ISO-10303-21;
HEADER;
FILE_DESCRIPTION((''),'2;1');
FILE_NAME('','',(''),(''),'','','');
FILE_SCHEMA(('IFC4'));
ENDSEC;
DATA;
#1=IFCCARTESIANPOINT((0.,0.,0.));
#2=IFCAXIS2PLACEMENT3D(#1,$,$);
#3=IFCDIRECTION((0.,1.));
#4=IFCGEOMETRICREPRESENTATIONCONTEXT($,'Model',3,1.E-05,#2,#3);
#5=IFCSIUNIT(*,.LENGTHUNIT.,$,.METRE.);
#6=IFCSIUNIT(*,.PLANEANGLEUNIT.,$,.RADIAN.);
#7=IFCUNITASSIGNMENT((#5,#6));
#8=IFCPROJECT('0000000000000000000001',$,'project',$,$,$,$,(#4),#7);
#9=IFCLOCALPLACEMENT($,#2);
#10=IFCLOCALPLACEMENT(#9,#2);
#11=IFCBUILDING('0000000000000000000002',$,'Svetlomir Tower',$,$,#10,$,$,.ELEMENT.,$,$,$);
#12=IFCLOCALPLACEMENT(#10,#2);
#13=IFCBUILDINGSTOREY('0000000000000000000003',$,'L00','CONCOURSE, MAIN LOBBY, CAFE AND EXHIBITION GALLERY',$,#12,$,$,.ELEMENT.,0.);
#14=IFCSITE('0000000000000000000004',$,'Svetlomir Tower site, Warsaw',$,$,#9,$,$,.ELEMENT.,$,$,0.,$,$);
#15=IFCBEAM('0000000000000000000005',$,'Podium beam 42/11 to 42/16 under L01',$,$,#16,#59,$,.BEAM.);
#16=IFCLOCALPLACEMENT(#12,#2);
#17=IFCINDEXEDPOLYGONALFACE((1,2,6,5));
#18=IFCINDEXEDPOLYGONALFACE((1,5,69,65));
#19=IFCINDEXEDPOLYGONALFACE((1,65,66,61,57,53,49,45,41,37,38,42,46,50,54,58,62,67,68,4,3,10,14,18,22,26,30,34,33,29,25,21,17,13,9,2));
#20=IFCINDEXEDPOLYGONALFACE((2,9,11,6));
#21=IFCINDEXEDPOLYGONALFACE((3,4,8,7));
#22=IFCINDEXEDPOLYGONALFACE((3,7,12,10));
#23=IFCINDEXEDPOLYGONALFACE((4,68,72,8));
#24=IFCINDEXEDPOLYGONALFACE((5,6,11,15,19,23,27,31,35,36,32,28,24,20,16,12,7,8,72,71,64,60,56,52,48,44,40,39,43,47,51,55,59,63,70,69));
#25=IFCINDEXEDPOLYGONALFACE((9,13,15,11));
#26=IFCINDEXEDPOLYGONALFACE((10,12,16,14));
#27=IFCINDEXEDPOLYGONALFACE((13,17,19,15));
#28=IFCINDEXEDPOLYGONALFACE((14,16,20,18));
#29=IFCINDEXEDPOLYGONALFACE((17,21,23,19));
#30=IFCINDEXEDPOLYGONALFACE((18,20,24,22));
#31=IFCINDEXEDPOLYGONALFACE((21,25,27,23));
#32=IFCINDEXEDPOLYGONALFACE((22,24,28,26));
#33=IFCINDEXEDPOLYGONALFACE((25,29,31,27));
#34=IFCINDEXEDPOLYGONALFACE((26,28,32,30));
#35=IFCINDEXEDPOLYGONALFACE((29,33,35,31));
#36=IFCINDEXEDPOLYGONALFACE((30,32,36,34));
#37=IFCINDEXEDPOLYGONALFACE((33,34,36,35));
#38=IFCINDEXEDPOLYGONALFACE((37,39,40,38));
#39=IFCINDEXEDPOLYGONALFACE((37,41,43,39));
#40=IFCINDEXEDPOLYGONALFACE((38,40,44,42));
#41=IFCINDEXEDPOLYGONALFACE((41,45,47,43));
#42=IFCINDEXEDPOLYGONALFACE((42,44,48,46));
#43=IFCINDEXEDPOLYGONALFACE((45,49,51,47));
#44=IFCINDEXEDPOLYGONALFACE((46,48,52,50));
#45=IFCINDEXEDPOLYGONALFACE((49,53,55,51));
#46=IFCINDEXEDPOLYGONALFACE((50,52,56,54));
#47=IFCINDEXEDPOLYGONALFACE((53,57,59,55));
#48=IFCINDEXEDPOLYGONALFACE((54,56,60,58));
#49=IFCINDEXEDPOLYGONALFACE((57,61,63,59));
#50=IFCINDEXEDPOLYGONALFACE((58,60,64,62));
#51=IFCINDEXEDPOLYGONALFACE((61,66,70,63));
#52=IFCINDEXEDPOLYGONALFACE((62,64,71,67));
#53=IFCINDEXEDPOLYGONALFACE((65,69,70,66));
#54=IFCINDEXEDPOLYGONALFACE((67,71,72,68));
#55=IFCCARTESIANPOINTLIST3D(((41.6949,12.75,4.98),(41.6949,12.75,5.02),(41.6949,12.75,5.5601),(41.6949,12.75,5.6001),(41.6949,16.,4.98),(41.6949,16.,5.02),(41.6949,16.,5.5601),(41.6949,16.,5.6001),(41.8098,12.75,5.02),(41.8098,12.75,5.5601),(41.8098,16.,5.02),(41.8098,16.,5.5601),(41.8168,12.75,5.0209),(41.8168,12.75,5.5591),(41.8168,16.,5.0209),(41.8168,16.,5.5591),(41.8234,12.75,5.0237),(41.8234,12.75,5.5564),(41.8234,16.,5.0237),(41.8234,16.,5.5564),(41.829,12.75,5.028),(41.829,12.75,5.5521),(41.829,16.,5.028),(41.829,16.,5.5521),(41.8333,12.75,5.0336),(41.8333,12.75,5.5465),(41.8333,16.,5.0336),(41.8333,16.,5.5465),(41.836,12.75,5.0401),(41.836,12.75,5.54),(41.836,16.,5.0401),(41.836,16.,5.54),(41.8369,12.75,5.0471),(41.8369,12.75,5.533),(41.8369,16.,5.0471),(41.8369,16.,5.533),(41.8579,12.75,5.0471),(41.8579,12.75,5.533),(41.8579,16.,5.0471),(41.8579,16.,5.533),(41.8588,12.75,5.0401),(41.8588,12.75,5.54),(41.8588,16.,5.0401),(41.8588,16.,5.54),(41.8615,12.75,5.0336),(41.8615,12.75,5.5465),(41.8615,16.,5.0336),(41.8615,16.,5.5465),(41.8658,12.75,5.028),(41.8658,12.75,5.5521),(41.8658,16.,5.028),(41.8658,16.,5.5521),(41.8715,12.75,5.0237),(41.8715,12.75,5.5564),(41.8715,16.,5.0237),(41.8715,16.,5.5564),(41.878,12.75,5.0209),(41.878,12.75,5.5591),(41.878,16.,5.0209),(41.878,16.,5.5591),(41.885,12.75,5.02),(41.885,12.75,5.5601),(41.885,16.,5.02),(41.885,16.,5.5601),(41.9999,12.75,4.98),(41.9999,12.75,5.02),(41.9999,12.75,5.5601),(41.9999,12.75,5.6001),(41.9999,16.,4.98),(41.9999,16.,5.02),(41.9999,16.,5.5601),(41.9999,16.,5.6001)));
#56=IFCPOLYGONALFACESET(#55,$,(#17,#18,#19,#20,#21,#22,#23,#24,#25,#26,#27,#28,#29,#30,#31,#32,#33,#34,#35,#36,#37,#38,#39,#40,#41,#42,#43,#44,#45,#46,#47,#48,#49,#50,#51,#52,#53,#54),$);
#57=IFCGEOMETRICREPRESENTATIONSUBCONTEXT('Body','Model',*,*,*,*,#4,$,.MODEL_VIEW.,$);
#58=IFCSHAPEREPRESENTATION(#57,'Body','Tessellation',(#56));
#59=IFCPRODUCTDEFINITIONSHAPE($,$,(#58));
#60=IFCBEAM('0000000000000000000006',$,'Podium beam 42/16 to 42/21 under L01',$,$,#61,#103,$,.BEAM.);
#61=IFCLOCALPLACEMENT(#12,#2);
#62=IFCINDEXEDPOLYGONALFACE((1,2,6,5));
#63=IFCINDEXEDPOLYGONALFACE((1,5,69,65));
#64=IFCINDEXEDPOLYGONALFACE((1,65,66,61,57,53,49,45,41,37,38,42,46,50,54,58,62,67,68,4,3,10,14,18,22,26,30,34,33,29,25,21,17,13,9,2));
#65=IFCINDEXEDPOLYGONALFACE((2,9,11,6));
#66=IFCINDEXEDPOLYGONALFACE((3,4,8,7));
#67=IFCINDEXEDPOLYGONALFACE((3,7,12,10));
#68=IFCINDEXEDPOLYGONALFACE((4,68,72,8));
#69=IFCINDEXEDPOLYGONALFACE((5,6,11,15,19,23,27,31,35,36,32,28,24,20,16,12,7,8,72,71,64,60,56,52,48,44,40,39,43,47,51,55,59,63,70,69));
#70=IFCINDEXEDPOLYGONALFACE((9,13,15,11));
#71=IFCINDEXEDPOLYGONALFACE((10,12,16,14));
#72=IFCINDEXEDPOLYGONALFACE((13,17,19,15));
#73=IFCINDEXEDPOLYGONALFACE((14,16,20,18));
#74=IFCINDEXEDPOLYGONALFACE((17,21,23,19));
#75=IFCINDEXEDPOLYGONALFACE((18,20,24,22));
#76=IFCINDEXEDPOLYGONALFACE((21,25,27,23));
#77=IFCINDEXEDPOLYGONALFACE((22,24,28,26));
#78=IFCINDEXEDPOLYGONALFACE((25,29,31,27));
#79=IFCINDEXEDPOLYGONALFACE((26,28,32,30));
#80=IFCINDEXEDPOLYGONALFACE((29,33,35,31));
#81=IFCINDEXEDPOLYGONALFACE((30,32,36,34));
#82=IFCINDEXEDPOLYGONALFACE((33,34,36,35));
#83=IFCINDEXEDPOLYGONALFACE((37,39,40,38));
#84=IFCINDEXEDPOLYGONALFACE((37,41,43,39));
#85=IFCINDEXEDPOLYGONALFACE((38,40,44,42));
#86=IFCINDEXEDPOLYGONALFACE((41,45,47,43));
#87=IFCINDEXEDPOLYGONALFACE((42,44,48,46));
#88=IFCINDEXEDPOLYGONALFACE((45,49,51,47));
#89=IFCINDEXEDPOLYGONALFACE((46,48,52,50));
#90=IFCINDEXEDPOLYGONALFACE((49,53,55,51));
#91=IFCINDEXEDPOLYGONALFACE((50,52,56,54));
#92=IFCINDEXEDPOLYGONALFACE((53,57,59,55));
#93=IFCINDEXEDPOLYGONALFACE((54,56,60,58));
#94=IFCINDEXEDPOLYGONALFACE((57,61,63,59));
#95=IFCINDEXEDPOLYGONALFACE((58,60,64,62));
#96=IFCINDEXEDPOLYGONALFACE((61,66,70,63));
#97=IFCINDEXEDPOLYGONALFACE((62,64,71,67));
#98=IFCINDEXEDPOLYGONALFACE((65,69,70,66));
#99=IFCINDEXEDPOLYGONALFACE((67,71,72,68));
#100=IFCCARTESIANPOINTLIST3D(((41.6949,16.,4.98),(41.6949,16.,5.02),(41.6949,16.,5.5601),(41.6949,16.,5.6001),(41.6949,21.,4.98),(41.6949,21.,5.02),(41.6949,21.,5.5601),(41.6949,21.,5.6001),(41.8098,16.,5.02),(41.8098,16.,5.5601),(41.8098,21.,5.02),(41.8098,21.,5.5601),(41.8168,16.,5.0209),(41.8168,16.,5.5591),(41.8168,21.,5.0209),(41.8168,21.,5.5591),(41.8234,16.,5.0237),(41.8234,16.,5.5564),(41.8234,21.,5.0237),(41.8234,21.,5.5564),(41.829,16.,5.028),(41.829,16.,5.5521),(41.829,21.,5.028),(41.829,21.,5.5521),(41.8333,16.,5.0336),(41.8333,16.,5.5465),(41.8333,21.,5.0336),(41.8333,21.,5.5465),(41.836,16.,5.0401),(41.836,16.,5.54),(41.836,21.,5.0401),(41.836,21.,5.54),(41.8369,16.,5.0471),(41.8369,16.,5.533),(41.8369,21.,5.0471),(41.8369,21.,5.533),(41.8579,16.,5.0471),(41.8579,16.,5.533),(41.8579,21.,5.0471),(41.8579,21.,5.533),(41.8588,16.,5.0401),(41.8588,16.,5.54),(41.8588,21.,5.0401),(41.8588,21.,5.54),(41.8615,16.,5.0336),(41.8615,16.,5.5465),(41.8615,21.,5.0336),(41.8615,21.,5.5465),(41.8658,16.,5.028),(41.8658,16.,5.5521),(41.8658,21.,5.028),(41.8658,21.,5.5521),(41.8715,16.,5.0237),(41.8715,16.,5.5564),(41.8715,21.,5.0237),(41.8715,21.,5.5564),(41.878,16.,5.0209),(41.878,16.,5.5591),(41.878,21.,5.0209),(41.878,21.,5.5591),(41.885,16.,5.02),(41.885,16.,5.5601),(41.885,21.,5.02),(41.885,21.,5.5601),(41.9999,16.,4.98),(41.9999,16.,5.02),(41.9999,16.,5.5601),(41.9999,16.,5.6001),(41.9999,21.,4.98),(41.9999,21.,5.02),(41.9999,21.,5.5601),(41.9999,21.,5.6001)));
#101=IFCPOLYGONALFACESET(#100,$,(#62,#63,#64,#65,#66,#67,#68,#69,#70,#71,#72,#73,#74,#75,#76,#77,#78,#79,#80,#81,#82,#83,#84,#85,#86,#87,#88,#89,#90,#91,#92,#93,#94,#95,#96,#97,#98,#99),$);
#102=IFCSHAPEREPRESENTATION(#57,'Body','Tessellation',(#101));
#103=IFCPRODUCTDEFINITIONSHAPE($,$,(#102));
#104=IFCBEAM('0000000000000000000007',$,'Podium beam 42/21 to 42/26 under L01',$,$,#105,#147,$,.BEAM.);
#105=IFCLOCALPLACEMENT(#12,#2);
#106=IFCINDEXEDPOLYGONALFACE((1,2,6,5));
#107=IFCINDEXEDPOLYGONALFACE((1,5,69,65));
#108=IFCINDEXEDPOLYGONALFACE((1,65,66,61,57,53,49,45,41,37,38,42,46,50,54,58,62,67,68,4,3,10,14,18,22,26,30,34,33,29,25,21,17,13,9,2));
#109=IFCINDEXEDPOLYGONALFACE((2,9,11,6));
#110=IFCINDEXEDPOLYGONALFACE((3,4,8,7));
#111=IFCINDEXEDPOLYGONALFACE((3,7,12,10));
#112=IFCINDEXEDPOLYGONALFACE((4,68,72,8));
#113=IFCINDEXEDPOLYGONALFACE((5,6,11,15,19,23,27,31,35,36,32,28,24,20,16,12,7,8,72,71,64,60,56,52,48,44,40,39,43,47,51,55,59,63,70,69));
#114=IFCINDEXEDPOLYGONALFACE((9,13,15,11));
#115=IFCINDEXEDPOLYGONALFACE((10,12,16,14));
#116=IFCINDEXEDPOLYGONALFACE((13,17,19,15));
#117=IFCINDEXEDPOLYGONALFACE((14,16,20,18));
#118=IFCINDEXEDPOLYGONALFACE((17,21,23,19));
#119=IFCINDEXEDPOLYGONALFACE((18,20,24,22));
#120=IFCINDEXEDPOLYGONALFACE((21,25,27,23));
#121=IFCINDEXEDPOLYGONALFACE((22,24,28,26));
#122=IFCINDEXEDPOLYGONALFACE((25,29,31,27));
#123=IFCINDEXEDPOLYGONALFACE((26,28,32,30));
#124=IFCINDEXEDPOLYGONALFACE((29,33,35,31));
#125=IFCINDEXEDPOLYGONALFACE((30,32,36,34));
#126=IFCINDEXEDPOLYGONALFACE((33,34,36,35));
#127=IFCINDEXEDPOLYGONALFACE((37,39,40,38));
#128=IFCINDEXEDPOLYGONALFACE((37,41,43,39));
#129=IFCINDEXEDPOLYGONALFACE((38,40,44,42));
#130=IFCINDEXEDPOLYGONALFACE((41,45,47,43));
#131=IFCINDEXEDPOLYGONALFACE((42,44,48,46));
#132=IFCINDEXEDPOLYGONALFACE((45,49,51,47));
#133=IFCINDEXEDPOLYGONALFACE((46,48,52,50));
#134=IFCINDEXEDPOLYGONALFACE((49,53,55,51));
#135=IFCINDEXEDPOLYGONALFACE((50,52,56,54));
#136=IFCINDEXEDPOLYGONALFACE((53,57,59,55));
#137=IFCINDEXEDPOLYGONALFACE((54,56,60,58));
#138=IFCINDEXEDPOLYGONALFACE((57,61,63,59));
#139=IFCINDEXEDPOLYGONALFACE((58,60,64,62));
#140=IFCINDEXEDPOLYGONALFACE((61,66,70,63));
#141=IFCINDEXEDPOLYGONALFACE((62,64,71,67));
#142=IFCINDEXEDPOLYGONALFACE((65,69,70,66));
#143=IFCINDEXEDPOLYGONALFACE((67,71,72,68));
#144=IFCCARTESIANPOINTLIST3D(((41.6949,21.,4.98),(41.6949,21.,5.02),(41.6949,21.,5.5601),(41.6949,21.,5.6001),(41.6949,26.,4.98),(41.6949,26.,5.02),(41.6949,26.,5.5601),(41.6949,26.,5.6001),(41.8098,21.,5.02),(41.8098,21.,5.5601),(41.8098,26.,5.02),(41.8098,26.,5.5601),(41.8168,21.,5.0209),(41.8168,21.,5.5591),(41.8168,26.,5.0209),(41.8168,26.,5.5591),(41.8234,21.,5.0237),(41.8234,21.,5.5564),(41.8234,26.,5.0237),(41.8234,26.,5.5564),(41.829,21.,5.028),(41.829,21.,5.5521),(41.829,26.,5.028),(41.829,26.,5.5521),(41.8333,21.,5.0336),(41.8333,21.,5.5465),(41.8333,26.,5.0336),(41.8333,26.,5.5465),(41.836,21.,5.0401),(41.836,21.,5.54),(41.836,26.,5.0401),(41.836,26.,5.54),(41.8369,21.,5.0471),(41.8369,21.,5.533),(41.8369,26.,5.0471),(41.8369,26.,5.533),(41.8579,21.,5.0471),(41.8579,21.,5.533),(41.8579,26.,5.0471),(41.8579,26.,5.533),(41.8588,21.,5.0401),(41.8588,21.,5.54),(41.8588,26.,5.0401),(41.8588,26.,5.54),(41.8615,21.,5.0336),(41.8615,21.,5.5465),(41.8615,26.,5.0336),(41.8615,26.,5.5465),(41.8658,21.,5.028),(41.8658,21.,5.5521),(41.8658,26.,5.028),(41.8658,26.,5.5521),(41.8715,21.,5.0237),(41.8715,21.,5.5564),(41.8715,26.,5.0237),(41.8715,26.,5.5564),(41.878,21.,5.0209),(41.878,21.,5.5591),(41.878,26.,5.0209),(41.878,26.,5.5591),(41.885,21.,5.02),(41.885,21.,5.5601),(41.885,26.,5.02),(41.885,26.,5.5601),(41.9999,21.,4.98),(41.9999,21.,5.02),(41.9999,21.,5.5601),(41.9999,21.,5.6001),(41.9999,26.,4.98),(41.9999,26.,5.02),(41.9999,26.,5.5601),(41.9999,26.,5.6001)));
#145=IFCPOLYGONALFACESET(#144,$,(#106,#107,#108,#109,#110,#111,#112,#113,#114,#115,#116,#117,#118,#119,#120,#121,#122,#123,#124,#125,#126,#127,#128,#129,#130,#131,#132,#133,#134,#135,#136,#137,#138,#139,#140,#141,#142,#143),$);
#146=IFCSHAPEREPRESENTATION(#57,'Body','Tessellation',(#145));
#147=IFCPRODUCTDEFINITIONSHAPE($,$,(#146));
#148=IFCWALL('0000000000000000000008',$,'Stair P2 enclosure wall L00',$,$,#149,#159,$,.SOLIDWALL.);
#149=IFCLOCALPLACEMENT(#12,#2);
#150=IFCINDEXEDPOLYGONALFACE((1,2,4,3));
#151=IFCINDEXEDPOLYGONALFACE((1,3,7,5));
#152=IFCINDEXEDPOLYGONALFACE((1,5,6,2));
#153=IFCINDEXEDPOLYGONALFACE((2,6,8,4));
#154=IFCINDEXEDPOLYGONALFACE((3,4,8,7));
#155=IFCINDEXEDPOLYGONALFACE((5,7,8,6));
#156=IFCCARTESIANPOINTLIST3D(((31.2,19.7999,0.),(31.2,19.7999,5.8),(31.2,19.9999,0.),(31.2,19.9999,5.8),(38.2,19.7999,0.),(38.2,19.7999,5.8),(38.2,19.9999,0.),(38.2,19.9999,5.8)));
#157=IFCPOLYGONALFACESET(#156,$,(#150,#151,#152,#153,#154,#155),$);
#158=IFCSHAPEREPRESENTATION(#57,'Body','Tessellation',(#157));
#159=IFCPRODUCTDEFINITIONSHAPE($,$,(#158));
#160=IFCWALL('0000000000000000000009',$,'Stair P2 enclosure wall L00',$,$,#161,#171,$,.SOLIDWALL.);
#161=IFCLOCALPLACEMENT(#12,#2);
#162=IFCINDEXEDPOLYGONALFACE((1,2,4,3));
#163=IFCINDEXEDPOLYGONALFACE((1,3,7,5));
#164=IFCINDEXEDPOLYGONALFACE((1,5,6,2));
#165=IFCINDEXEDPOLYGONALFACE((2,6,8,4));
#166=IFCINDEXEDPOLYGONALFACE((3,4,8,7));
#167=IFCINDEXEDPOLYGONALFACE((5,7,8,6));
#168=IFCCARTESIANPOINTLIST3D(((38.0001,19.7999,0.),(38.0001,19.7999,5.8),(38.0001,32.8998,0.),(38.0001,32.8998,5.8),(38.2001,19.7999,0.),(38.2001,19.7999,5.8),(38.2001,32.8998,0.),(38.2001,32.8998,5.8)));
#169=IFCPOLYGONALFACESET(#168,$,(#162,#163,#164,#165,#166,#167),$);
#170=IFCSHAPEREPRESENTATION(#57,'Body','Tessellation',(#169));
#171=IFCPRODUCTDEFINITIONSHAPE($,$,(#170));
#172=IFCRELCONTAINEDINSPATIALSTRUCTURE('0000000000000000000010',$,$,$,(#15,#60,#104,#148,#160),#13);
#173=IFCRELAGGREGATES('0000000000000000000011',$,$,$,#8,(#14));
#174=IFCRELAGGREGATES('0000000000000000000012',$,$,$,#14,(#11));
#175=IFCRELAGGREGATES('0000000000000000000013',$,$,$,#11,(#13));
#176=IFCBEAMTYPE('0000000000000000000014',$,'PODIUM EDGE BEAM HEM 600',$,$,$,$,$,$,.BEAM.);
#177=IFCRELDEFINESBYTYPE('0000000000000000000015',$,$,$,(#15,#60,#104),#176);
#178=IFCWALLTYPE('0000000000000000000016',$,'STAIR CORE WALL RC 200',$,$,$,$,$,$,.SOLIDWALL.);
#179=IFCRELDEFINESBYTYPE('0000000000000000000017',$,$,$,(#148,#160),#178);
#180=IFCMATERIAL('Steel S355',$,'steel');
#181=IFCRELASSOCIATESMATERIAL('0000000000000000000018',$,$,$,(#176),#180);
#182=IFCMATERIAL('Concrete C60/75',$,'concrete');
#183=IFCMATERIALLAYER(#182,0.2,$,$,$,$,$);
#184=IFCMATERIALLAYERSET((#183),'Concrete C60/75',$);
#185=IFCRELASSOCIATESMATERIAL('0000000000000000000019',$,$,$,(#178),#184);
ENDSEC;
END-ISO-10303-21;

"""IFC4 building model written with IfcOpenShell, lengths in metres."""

from ifc_helpers import new_model, si_unit, direction, frame, frame_2d, origin, origin_2d, place, context, subcontext, project, spatial, rectangle, i_section, extrude, material, layer, layer_set, material_profile, profile_set, type_object, element, save


model = new_model("IFC4")

# Units and contexts
model_context = context("Model", 3, precision=1e-05, world=origin(), true_north=direction((0.0, 1.0)))
body_context = subcontext(model_context, "Body", "Model", "MODEL_VIEW")
ifc_project = project(units=[si_unit("LENGTHUNIT", "METRE"), si_unit("PLANEANGLEUNIT", "RADIAN")], contexts=[model_context])

# Site, building, storey
site_placement = place(None, origin())
site = spatial("IfcSite", under=ifc_project, at=site_placement, Name="Svetlomir Tower site, Warsaw", CompositionType="ELEMENT", RefElevation=0.0)
building_placement = place(site_placement, origin())
building = spatial("IfcBuilding", under=site, at=building_placement, Name="Svetlomir Tower", CompositionType="ELEMENT")
storey_placement = place(building_placement, origin())
storey = spatial("IfcBuildingStorey", under=building, at=storey_placement, Name="L00", Description="CONCOURSE, MAIN LOBBY, CAFE AND EXHIBITION GALLERY", CompositionType="ELEMENT", Elevation=0.0)

# Beams
ifc_material_1 = material(Name="Steel S355", Category="steel")
ifc_material_profile_1 = material_profile(ifc_material_1, i_section(OverallWidth=0.3049, OverallDepth=0.6201, WebThickness=0.021, FlangeThickness=0.04, FilletRadius=0.0271, at=origin_2d()), Name="HEM 600")
ifc_profile_set_1 = profile_set([ifc_material_profile_1], Name="Steel S355")
beam_type_1 = type_object("IfcBeamType", Name="PODIUM EDGE BEAM HEM 600", PredefinedType="BEAM", material=ifc_profile_set_1)
beam_1_placement = place(storey_placement, frame((41.8474, 12.75, 5.29), z_axis=(0.0, 1.0, 0.0), x_axis=(-1.0, 0.0, 0.0)))
element("IfcBeam", 1, at=beam_1_placement, inside=storey, type_object=beam_type_1, Name="Podium beam 42/11 to 42/16 under L01", PredefinedType="BEAM", context=body_context, shape_type="SweptSolid", body=[
    extrude(i_section(OverallWidth=0.3049, OverallDepth=0.6201, WebThickness=0.021, FlangeThickness=0.04, FilletRadius=0.0271, at=origin_2d()), origin(), (0.0, 0.0, 1.0), 3.25),
])
for number, where, z_axis, x_axis, name in (
    (2, (41.8474, 16.0, 5.29), (0.0, 1.0, 0.0), (-1.0, 0.0, 0.0), "Podium beam 42/16 to 42/21 under L01"),
    (3, (41.8474, 21.0, 5.29), (0.0, 1.0, 0.0), (-1.0, 0.0, 0.0), "Podium beam 42/21 to 42/26 under L01"),
):
    element("IfcBeam", number, at=place(storey_placement, frame(where, z_axis=z_axis, x_axis=x_axis)), inside=storey, type_object=beam_type_1, Name=name, PredefinedType="BEAM", context=body_context, shape_type="SweptSolid", body=[
        extrude(i_section(OverallWidth=0.3049, OverallDepth=0.6201, WebThickness=0.021, FlangeThickness=0.04, FilletRadius=0.0271, at=origin_2d()), origin(), (0.0, 0.0, 1.0), 5.0),
    ])

# Walls
ifc_material_2 = material(Name="Concrete C60/75", Category="concrete")
ifc_layer = layer(ifc_material_2, 0.2)
ifc_layer_set = layer_set([ifc_layer], Name="Concrete C60/75")
wall_type = type_object("IfcWallType", Name="STAIR CORE WALL RC 200", PredefinedType="SOLIDWALL", material=ifc_layer_set)
wall_1_placement = place(storey_placement, frame((31.2, 19.8999, 0.0), z_axis=(0.0, 0.0, 1.0), x_axis=(1.0, 0.0, 0.0)))
element("IfcWall", 4, at=wall_1_placement, inside=storey, type_object=wall_type, Name="Stair P2 enclosure wall L00", PredefinedType="SOLIDWALL", context=body_context, shape_type="SweptSolid", body=[
    extrude(rectangle(XDim=7.0, YDim=0.2, at=frame_2d((3.5, 0.0))), origin(), (0.0, 0.0, 1.0), 5.8),
])
wall_2_placement = place(storey_placement, frame((38.1001, 19.8, 0.0), z_axis=(0.0, 0.0, 1.0), x_axis=(0.0, 1.0, 0.0)))
element("IfcWall", 5, at=wall_2_placement, inside=storey, type_object=wall_type, Name="Stair P2 enclosure wall L00", PredefinedType="SOLIDWALL", context=body_context, shape_type="SweptSolid", body=[
    extrude(rectangle(XDim=13.0999, YDim=0.2, at=frame_2d((6.5498, 0.0))), origin(), (0.0, 0.0, 1.0), 5.8),
])

save(model, "model.ifc")
